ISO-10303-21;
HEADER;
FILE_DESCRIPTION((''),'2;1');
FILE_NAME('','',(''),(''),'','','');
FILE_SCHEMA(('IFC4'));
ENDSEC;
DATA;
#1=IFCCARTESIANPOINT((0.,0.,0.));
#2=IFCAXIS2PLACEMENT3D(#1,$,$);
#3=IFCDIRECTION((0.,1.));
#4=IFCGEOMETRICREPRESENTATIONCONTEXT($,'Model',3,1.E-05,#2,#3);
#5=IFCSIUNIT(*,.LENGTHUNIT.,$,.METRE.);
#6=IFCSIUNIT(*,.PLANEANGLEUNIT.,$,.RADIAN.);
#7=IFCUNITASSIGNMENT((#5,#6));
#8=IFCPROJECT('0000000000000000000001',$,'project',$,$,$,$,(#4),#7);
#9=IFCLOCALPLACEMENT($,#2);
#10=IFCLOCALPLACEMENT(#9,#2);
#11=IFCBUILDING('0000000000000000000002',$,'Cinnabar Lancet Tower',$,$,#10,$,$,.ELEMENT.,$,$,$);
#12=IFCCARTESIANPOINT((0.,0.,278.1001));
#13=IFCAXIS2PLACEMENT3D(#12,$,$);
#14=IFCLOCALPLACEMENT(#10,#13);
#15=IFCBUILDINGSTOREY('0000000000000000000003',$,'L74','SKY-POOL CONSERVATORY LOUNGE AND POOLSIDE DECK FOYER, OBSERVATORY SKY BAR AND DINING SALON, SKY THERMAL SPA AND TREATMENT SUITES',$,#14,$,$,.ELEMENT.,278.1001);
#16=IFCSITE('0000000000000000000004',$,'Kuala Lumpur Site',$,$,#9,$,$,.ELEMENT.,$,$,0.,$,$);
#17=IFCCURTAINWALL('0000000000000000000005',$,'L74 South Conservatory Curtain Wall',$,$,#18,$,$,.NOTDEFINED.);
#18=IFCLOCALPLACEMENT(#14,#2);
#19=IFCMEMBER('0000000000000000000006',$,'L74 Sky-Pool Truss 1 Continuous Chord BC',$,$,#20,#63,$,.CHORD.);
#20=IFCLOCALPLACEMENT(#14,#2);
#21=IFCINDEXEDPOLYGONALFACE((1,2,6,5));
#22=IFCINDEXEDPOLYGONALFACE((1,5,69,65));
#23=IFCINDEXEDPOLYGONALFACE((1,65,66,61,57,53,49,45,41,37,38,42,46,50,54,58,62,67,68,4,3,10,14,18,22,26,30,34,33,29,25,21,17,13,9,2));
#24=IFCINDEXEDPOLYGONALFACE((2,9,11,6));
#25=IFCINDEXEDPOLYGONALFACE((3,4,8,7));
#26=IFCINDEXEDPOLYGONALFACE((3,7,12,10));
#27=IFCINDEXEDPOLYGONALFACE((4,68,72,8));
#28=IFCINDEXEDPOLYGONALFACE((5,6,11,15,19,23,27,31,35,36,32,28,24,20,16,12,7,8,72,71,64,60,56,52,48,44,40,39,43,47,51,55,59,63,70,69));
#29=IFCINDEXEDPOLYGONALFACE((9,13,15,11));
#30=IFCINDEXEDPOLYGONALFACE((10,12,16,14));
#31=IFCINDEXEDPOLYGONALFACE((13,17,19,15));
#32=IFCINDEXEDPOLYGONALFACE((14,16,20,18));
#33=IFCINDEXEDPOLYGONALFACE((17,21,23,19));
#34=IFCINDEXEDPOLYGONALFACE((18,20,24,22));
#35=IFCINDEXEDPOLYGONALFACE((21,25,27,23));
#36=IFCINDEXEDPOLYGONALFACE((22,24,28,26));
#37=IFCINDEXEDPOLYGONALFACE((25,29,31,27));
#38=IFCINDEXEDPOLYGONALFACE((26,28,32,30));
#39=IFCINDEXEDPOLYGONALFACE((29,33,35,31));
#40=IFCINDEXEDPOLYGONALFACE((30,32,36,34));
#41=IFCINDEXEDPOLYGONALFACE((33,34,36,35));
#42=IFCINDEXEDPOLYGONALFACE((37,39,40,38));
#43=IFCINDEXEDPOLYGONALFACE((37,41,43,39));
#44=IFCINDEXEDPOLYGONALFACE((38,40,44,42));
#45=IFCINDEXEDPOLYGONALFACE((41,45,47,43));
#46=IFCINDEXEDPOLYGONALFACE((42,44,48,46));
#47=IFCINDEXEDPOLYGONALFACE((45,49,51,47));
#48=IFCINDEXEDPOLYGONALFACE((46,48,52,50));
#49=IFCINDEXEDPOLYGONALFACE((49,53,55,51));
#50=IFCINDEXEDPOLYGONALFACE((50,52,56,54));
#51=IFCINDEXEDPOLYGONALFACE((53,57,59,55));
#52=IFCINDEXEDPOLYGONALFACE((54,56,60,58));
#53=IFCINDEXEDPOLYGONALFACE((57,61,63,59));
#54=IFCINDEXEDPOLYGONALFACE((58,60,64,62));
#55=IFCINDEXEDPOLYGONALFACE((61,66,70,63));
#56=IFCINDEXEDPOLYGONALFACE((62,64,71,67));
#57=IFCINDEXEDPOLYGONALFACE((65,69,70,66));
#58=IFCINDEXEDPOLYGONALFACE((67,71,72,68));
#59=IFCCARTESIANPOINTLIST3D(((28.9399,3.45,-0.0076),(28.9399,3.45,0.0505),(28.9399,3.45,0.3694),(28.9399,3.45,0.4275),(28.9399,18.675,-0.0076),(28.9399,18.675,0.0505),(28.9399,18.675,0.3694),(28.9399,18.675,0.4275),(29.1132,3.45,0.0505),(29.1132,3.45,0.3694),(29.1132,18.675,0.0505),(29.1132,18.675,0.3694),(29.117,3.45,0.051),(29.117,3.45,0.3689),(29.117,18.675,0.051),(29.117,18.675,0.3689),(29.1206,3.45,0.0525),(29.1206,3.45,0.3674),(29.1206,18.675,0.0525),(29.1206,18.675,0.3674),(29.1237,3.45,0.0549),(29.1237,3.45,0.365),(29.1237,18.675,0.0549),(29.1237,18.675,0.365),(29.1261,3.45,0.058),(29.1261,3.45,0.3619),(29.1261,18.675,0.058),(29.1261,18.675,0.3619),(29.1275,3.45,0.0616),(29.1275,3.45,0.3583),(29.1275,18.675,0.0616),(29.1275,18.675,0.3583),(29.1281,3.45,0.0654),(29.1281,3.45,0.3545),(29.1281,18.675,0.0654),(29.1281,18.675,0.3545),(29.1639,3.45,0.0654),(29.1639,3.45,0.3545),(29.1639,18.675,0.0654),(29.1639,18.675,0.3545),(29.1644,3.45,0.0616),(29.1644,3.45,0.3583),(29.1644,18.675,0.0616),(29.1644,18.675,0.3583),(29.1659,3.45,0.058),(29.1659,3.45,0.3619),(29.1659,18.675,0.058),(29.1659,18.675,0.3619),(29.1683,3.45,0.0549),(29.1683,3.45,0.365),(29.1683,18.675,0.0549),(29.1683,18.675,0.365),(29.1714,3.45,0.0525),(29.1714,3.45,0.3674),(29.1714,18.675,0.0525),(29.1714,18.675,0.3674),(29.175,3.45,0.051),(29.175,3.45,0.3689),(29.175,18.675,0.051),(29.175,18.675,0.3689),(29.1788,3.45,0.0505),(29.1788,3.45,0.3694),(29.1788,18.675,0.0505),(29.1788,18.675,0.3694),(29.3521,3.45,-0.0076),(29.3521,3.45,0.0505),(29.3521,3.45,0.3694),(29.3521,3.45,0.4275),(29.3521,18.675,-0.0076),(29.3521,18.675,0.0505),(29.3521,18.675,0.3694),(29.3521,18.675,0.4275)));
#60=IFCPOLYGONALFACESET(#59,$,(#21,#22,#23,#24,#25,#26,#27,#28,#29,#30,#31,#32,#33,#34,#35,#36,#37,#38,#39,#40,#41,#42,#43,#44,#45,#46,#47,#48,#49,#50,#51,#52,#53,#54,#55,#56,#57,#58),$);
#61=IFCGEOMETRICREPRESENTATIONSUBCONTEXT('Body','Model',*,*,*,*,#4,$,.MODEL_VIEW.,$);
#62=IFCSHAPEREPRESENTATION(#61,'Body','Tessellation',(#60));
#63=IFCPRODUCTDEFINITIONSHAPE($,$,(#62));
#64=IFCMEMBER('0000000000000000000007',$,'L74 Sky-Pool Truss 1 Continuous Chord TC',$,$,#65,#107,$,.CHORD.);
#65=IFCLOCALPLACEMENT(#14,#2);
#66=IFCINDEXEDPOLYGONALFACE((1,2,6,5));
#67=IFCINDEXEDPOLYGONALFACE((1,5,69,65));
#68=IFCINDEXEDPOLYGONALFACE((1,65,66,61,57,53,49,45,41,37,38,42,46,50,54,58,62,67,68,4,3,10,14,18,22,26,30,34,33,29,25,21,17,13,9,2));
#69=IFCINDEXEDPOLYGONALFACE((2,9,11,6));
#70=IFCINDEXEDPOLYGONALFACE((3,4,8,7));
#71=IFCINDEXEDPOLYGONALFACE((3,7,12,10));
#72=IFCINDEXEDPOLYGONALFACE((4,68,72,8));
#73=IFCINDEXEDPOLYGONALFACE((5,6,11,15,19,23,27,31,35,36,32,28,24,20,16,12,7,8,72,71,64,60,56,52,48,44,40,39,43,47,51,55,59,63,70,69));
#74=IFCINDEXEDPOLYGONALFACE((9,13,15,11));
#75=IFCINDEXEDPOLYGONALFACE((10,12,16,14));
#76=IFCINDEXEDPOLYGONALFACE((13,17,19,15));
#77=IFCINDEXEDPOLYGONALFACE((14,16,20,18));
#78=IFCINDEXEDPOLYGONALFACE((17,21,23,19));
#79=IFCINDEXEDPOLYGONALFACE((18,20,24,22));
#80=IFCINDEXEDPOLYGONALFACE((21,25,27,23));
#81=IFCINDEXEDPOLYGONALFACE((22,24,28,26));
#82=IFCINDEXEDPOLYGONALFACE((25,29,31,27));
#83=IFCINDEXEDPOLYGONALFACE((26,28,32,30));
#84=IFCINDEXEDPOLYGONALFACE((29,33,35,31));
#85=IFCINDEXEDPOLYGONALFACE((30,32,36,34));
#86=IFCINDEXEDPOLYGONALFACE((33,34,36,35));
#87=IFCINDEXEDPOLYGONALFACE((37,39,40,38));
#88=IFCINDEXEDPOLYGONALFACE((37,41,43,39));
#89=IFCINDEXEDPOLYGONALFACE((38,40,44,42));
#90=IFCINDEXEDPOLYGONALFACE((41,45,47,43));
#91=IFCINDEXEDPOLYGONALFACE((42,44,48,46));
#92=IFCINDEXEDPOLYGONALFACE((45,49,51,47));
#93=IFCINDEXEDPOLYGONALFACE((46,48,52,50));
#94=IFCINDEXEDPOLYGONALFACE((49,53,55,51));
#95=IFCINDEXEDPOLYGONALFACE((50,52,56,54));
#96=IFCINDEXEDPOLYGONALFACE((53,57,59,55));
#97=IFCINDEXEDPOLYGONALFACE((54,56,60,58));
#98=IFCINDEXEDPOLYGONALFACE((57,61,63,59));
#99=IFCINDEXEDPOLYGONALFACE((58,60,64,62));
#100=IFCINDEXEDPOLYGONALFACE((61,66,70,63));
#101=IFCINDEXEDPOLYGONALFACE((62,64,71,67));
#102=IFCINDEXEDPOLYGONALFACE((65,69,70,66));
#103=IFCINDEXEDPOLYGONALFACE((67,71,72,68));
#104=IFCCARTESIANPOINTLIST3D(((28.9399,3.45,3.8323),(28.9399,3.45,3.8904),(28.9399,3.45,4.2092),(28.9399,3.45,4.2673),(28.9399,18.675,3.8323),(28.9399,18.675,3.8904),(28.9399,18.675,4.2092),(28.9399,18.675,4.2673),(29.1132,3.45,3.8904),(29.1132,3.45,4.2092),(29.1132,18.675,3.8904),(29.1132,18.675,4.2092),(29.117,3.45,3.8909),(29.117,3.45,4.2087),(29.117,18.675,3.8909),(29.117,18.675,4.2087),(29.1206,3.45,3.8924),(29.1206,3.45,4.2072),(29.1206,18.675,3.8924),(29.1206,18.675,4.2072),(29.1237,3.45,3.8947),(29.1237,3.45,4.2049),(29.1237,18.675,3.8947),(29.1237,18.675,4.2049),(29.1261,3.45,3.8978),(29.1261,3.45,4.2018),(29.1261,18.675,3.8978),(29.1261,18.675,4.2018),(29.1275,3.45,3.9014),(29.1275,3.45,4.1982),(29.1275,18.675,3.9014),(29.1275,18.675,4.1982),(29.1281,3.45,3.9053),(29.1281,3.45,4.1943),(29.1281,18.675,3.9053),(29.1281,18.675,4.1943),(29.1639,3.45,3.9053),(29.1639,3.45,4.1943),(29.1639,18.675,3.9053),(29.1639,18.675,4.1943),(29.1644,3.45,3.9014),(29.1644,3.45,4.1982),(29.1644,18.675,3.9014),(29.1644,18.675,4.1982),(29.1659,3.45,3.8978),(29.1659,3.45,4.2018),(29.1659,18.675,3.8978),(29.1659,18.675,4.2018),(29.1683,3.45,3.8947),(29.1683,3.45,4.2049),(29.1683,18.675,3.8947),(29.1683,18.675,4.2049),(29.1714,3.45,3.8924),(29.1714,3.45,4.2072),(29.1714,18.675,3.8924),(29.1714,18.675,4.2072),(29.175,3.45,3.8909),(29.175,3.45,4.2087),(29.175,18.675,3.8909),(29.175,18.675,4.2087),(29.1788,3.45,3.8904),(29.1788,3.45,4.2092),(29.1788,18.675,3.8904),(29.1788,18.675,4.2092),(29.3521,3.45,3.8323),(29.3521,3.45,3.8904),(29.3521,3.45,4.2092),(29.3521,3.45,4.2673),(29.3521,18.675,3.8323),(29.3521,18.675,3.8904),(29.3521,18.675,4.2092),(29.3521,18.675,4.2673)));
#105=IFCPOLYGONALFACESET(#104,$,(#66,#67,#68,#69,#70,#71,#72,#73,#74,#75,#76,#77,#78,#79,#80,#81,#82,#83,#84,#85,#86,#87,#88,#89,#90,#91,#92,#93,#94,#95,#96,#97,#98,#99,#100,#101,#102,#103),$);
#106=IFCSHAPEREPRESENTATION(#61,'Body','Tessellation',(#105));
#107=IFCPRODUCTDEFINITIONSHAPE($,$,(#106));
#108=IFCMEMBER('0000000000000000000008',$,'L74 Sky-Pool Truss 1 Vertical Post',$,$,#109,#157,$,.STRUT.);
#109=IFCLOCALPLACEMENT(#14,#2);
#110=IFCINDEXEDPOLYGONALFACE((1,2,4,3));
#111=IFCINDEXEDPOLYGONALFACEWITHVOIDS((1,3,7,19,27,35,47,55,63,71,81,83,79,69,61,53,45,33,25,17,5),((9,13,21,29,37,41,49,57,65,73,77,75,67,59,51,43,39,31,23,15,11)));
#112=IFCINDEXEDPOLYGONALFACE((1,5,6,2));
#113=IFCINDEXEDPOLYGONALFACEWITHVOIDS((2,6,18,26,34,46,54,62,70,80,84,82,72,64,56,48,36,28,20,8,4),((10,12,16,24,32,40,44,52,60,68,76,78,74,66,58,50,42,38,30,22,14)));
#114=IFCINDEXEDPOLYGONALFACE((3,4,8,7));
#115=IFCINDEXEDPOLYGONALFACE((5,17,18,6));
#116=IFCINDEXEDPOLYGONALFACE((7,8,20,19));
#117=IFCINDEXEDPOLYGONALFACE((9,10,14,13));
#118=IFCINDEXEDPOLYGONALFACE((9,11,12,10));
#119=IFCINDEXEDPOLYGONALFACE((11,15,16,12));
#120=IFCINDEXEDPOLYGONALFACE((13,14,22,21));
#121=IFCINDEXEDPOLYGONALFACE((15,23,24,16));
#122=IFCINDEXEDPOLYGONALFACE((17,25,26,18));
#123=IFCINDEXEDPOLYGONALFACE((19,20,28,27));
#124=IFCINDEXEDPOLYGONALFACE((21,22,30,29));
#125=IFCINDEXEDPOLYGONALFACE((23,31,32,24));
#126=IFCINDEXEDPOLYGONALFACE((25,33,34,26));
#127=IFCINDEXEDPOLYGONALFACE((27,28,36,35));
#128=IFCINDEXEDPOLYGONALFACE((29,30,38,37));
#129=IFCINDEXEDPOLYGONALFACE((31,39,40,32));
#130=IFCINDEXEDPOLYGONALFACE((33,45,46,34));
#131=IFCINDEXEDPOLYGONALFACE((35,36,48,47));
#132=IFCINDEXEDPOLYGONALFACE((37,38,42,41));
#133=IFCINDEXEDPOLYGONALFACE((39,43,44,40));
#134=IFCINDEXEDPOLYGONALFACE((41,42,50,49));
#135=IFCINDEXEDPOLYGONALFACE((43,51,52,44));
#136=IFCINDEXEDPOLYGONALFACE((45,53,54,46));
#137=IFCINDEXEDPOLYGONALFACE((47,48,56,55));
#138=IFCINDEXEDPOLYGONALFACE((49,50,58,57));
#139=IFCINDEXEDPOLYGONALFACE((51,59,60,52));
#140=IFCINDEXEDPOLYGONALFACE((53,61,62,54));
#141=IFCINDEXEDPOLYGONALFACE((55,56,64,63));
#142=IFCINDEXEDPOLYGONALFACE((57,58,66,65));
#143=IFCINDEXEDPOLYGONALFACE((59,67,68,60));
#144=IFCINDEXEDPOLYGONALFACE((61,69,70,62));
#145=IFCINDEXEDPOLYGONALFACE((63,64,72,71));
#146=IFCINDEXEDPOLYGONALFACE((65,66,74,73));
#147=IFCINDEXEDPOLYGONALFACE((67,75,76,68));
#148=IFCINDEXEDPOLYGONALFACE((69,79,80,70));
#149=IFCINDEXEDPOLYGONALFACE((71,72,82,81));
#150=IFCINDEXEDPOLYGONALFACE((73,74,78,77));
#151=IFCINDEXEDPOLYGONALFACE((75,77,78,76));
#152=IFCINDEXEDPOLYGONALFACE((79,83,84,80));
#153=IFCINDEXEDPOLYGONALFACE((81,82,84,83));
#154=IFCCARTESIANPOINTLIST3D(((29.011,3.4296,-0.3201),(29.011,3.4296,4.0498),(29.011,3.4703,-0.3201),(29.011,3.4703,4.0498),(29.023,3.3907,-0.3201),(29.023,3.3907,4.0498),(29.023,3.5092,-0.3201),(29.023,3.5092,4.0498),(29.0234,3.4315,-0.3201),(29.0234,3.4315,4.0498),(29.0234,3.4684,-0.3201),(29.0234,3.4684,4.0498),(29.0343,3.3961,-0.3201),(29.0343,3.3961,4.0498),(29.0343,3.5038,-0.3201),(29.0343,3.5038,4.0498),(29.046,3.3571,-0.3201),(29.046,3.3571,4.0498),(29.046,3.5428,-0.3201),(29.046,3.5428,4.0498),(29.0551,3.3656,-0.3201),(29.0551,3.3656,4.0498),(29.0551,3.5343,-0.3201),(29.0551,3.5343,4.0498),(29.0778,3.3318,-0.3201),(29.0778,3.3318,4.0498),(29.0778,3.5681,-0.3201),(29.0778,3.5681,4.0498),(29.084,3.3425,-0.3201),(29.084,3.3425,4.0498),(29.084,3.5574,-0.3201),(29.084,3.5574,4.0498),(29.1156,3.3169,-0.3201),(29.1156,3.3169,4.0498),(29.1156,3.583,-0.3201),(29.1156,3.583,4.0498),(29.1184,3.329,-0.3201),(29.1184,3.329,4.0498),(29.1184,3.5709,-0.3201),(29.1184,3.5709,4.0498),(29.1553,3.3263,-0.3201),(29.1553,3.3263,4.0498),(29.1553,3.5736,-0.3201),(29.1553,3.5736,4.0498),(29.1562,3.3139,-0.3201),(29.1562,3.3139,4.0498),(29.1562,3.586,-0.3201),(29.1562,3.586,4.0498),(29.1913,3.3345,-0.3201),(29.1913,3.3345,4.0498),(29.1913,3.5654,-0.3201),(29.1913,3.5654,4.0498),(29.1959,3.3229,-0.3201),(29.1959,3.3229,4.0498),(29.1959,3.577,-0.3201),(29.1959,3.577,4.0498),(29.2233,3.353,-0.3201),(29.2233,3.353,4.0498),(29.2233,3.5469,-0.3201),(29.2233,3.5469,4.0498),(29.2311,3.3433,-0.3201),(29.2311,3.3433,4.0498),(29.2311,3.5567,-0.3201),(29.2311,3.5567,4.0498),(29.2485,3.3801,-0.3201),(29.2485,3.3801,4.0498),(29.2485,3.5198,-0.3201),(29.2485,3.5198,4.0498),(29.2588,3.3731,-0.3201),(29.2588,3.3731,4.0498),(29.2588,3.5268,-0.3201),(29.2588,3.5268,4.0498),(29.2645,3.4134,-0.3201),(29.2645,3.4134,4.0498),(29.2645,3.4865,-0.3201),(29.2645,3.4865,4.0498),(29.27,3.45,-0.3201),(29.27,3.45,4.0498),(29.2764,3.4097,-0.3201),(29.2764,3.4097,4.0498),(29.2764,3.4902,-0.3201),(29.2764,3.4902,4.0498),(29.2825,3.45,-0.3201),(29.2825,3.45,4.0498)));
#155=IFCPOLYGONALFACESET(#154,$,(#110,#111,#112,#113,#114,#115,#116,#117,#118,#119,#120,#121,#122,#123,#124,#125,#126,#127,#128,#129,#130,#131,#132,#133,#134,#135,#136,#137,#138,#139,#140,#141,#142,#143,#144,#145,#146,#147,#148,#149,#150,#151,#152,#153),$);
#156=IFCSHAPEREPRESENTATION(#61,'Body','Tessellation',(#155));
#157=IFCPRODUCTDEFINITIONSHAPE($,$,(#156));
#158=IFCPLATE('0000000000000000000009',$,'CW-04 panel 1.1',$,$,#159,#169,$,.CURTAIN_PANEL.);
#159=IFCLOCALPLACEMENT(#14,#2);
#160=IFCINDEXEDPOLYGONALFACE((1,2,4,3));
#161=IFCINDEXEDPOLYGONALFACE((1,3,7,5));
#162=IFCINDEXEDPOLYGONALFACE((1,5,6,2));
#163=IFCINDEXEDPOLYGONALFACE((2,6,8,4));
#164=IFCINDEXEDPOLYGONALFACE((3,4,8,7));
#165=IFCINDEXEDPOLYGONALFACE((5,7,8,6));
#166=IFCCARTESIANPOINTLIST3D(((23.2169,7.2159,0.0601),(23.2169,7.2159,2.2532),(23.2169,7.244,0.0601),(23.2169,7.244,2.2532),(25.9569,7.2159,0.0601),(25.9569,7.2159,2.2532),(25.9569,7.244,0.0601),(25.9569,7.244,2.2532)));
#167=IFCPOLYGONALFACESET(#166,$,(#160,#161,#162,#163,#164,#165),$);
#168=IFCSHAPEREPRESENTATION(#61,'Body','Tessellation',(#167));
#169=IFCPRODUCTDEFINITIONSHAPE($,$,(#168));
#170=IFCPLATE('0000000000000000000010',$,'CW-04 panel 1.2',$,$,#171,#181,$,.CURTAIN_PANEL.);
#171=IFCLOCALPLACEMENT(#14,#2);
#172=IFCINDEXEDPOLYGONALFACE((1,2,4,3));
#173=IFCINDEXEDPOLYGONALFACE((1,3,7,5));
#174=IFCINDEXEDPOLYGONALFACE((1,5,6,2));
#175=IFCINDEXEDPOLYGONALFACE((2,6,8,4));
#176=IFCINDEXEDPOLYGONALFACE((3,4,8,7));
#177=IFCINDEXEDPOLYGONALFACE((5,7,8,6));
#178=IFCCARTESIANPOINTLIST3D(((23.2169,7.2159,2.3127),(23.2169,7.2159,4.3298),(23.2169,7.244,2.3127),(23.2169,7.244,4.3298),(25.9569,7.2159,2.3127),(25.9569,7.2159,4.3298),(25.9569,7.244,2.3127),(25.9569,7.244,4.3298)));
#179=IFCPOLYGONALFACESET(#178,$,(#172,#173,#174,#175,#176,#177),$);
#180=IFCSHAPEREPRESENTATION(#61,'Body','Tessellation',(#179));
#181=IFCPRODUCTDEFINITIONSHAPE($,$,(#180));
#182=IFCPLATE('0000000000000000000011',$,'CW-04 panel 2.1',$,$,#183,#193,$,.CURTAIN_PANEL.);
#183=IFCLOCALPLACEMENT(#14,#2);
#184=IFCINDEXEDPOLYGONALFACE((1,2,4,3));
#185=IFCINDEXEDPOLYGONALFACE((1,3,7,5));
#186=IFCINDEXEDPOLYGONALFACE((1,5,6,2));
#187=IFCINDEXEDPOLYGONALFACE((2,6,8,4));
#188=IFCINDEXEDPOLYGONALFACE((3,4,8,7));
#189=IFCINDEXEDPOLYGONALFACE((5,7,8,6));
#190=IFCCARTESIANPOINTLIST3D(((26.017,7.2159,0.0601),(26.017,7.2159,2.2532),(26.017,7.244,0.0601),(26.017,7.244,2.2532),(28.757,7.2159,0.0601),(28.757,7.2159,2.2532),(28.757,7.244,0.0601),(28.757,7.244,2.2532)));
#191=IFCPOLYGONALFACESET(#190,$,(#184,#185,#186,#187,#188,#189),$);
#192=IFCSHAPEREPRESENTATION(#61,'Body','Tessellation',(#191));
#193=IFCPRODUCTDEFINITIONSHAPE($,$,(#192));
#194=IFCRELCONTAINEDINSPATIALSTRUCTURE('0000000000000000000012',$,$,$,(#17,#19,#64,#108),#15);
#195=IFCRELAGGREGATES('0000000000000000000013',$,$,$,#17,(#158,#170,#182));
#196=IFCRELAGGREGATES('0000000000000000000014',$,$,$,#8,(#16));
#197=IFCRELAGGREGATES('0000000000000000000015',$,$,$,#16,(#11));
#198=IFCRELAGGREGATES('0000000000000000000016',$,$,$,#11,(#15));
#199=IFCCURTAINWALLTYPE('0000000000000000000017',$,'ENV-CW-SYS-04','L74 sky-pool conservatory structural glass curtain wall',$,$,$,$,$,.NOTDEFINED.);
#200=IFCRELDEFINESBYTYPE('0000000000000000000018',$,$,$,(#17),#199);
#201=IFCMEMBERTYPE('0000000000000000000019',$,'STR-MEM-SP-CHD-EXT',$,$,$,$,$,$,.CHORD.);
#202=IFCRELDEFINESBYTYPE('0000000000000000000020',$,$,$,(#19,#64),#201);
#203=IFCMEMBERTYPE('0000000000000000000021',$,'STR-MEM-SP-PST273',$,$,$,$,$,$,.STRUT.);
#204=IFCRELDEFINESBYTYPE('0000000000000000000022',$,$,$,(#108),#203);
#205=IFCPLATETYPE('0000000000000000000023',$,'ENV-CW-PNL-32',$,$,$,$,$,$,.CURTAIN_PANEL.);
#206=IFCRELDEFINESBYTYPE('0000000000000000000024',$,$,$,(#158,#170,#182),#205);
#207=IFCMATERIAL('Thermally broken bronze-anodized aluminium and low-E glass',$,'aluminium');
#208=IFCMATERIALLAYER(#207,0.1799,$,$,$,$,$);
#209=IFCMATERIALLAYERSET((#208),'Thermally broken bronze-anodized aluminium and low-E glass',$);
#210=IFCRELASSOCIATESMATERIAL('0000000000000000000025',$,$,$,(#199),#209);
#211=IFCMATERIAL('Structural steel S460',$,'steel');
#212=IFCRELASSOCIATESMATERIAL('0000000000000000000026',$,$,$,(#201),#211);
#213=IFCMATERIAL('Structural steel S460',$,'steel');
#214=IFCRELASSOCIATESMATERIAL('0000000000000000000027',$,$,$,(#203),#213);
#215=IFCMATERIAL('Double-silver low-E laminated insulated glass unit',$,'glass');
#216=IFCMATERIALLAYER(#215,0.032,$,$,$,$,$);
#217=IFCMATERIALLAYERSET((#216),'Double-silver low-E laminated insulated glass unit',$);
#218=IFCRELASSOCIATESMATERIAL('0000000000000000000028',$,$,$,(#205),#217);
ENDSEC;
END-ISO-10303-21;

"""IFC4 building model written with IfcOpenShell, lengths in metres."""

from ifc_helpers import new_model, si_unit, direction, frame, origin, origin_2d, place, context, subcontext, project, spatial, rectangle, hollow_circle, i_section, extrude, material, layer, layer_set, material_profile, profile_set, type_object, element, aggregate, save


model = new_model("IFC4")

# Units and contexts
model_context = context("Model", 3, precision=1e-05, world=origin(), true_north=direction((0.0, 1.0)))
body_context = subcontext(model_context, "Body", "Model", "MODEL_VIEW")
ifc_project = project(units=[si_unit("LENGTHUNIT", "METRE"), si_unit("PLANEANGLEUNIT", "RADIAN")], contexts=[model_context])

# Site, building, storey
site_placement = place(None, origin())
site = spatial("IfcSite", under=ifc_project, at=site_placement, Name="Kuala Lumpur Site", CompositionType="ELEMENT", RefElevation=0.0)
building_placement = place(site_placement, origin())
building = spatial("IfcBuilding", under=site, at=building_placement, Name="Cinnabar Lancet Tower", CompositionType="ELEMENT")
storey_placement = place(building_placement, frame((0.0, 0.0, 278.1001)))
storey = spatial("IfcBuildingStorey", under=building, at=storey_placement, Name="L74", Description="SKY-POOL CONSERVATORY LOUNGE AND POOLSIDE DECK FOYER, OBSERVATORY SKY BAR AND DINING SALON, SKY THERMAL SPA AND TREATMENT SUITES", CompositionType="ELEMENT", Elevation=278.1001)

# Curtain wall
ifc_material_1 = material(Name="Thermally broken bronze-anodized aluminium and low-E glass", Category="aluminium")
ifc_layer_1 = layer(ifc_material_1, 0.1799)
ifc_layer_set_1 = layer_set([ifc_layer_1], Name="Thermally broken bronze-anodized aluminium and low-E glass")
curtain_wall_type = type_object("IfcCurtainWallType", Name="ENV-CW-SYS-04", Description="L74 sky-pool conservatory structural glass curtain wall", PredefinedType="NOTDEFINED", material=ifc_layer_set_1)
curtain_wall_placement = place(storey_placement, origin())
curtain_wall = element("IfcCurtainWall", 1, at=curtain_wall_placement, inside=storey, type_object=curtain_wall_type, Name="L74 South Conservatory Curtain Wall", PredefinedType="NOTDEFINED")

# Members
ifc_material_2 = material(Name="Structural steel S460", Category="steel")
ifc_material_profile_1 = material_profile(ifc_material_2, i_section(OverallWidth=0.4121, OverallDepth=0.4351, WebThickness=0.0359, FlangeThickness=0.0581, FilletRadius=0.0149, at=origin_2d()), Name="HD 400x463")
ifc_profile_set_1 = profile_set([ifc_material_profile_1], Name="Structural steel S460")
member_type_1 = type_object("IfcMemberType", Name="STR-MEM-SP-CHD-EXT", PredefinedType="CHORD", material=ifc_profile_set_1)
for number, where, z_axis, x_axis, name in (
    (2, (29.146, 3.45, 0.21), (0.0, 1.0, 0.0), (-1.0, 0.0, 0.0), "L74 Sky-Pool Truss 1 Continuous Chord BC"),
    (3, (29.146, 3.45, 4.0498), (0.0, 1.0, 0.0), (-1.0, 0.0, 0.0), "L74 Sky-Pool Truss 1 Continuous Chord TC"),
):
    element("IfcMember", number, at=place(storey_placement, frame(where, z_axis=z_axis, x_axis=x_axis)), inside=storey, type_object=member_type_1, Name=name, PredefinedType="CHORD", context=body_context, shape_type="SweptSolid", body=[
        extrude(i_section(OverallWidth=0.4121, OverallDepth=0.4351, WebThickness=0.0359, FlangeThickness=0.0581, FilletRadius=0.0149, at=origin_2d()), origin(), (0.0, 0.0, 1.0), 15.2251),
    ])
ifc_material_3 = material(Name="Structural steel S460", Category="steel")
ifc_material_profile_2 = material_profile(ifc_material_3, hollow_circle(Radius=0.1365, WallThickness=0.0125, at=origin_2d()), Name="CHS 273x12.5")
ifc_profile_set_2 = profile_set([ifc_material_profile_2], Name="Structural steel S460")
member_type_2 = type_object("IfcMemberType", Name="STR-MEM-SP-PST273", PredefinedType="STRUT", material=ifc_profile_set_2)
member_1_placement = place(storey_placement, frame((29.146, 3.45, -0.3201), z_axis=(0.0, 0.0, 1.0), x_axis=(1.0, 0.0, 0.0)))
element("IfcMember", 4, at=member_1_placement, inside=storey, type_object=member_type_2, Name="L74 Sky-Pool Truss 1 Vertical Post", PredefinedType="STRUT", context=body_context, shape_type="SweptSolid", body=[
    extrude(hollow_circle(Radius=0.1365, WallThickness=0.0125, at=origin_2d()), origin(), (0.0, 0.0, 1.0), 4.3699),
])

# Plates
ifc_material_4 = material(Name="Double-silver low-E laminated insulated glass unit", Category="glass")
ifc_layer_2 = layer(ifc_material_4, 0.032)
ifc_layer_set_2 = layer_set([ifc_layer_2], Name="Double-silver low-E laminated insulated glass unit")
plate_type_1 = type_object("IfcPlateType", Name="ENV-CW-PNL-32", PredefinedType="CURTAIN_PANEL", material=ifc_layer_set_2)
plate_1_placement = place(storey_placement, frame((24.5869, 7.23, 0.0601), z_axis=(0.0, 0.0, 1.0), x_axis=(1.0, 0.0, 0.0)))
plate_1 = element("IfcPlate", 5, at=plate_1_placement, type_object=plate_type_1, Name="CW-04 panel 1.1", PredefinedType="CURTAIN_PANEL", context=body_context, shape_type="SweptSolid", body=[
    extrude(rectangle(XDim=2.74, YDim=0.0281, at=origin_2d()), origin(), (0.0, 0.0, 1.0), 2.1931),
])
plate_2_placement = place(storey_placement, frame((24.5869, 7.23, 2.3127), z_axis=(0.0, 0.0, 1.0), x_axis=(1.0, 0.0, 0.0)))
plate_2 = element("IfcPlate", 6, at=plate_2_placement, type_object=plate_type_1, Name="CW-04 panel 1.2", PredefinedType="CURTAIN_PANEL", context=body_context, shape_type="SweptSolid", body=[
    extrude(rectangle(XDim=2.74, YDim=0.0281, at=origin_2d()), origin(), (0.0, 0.0, 1.0), 2.0171),
])
plate_3_placement = place(storey_placement, frame((27.387, 7.23, 0.0601), z_axis=(0.0, 0.0, 1.0), x_axis=(1.0, 0.0, 0.0)))
plate_3 = element("IfcPlate", 7, at=plate_3_placement, type_object=plate_type_1, Name="CW-04 panel 2.1", PredefinedType="CURTAIN_PANEL", context=body_context, shape_type="SweptSolid", body=[
    extrude(rectangle(XDim=2.74, YDim=0.0281, at=origin_2d()), origin(), (0.0, 0.0, 1.0), 2.1931),
])
aggregate(curtain_wall, [plate_1, plate_2, plate_3])

save(model, "model.ifc")
